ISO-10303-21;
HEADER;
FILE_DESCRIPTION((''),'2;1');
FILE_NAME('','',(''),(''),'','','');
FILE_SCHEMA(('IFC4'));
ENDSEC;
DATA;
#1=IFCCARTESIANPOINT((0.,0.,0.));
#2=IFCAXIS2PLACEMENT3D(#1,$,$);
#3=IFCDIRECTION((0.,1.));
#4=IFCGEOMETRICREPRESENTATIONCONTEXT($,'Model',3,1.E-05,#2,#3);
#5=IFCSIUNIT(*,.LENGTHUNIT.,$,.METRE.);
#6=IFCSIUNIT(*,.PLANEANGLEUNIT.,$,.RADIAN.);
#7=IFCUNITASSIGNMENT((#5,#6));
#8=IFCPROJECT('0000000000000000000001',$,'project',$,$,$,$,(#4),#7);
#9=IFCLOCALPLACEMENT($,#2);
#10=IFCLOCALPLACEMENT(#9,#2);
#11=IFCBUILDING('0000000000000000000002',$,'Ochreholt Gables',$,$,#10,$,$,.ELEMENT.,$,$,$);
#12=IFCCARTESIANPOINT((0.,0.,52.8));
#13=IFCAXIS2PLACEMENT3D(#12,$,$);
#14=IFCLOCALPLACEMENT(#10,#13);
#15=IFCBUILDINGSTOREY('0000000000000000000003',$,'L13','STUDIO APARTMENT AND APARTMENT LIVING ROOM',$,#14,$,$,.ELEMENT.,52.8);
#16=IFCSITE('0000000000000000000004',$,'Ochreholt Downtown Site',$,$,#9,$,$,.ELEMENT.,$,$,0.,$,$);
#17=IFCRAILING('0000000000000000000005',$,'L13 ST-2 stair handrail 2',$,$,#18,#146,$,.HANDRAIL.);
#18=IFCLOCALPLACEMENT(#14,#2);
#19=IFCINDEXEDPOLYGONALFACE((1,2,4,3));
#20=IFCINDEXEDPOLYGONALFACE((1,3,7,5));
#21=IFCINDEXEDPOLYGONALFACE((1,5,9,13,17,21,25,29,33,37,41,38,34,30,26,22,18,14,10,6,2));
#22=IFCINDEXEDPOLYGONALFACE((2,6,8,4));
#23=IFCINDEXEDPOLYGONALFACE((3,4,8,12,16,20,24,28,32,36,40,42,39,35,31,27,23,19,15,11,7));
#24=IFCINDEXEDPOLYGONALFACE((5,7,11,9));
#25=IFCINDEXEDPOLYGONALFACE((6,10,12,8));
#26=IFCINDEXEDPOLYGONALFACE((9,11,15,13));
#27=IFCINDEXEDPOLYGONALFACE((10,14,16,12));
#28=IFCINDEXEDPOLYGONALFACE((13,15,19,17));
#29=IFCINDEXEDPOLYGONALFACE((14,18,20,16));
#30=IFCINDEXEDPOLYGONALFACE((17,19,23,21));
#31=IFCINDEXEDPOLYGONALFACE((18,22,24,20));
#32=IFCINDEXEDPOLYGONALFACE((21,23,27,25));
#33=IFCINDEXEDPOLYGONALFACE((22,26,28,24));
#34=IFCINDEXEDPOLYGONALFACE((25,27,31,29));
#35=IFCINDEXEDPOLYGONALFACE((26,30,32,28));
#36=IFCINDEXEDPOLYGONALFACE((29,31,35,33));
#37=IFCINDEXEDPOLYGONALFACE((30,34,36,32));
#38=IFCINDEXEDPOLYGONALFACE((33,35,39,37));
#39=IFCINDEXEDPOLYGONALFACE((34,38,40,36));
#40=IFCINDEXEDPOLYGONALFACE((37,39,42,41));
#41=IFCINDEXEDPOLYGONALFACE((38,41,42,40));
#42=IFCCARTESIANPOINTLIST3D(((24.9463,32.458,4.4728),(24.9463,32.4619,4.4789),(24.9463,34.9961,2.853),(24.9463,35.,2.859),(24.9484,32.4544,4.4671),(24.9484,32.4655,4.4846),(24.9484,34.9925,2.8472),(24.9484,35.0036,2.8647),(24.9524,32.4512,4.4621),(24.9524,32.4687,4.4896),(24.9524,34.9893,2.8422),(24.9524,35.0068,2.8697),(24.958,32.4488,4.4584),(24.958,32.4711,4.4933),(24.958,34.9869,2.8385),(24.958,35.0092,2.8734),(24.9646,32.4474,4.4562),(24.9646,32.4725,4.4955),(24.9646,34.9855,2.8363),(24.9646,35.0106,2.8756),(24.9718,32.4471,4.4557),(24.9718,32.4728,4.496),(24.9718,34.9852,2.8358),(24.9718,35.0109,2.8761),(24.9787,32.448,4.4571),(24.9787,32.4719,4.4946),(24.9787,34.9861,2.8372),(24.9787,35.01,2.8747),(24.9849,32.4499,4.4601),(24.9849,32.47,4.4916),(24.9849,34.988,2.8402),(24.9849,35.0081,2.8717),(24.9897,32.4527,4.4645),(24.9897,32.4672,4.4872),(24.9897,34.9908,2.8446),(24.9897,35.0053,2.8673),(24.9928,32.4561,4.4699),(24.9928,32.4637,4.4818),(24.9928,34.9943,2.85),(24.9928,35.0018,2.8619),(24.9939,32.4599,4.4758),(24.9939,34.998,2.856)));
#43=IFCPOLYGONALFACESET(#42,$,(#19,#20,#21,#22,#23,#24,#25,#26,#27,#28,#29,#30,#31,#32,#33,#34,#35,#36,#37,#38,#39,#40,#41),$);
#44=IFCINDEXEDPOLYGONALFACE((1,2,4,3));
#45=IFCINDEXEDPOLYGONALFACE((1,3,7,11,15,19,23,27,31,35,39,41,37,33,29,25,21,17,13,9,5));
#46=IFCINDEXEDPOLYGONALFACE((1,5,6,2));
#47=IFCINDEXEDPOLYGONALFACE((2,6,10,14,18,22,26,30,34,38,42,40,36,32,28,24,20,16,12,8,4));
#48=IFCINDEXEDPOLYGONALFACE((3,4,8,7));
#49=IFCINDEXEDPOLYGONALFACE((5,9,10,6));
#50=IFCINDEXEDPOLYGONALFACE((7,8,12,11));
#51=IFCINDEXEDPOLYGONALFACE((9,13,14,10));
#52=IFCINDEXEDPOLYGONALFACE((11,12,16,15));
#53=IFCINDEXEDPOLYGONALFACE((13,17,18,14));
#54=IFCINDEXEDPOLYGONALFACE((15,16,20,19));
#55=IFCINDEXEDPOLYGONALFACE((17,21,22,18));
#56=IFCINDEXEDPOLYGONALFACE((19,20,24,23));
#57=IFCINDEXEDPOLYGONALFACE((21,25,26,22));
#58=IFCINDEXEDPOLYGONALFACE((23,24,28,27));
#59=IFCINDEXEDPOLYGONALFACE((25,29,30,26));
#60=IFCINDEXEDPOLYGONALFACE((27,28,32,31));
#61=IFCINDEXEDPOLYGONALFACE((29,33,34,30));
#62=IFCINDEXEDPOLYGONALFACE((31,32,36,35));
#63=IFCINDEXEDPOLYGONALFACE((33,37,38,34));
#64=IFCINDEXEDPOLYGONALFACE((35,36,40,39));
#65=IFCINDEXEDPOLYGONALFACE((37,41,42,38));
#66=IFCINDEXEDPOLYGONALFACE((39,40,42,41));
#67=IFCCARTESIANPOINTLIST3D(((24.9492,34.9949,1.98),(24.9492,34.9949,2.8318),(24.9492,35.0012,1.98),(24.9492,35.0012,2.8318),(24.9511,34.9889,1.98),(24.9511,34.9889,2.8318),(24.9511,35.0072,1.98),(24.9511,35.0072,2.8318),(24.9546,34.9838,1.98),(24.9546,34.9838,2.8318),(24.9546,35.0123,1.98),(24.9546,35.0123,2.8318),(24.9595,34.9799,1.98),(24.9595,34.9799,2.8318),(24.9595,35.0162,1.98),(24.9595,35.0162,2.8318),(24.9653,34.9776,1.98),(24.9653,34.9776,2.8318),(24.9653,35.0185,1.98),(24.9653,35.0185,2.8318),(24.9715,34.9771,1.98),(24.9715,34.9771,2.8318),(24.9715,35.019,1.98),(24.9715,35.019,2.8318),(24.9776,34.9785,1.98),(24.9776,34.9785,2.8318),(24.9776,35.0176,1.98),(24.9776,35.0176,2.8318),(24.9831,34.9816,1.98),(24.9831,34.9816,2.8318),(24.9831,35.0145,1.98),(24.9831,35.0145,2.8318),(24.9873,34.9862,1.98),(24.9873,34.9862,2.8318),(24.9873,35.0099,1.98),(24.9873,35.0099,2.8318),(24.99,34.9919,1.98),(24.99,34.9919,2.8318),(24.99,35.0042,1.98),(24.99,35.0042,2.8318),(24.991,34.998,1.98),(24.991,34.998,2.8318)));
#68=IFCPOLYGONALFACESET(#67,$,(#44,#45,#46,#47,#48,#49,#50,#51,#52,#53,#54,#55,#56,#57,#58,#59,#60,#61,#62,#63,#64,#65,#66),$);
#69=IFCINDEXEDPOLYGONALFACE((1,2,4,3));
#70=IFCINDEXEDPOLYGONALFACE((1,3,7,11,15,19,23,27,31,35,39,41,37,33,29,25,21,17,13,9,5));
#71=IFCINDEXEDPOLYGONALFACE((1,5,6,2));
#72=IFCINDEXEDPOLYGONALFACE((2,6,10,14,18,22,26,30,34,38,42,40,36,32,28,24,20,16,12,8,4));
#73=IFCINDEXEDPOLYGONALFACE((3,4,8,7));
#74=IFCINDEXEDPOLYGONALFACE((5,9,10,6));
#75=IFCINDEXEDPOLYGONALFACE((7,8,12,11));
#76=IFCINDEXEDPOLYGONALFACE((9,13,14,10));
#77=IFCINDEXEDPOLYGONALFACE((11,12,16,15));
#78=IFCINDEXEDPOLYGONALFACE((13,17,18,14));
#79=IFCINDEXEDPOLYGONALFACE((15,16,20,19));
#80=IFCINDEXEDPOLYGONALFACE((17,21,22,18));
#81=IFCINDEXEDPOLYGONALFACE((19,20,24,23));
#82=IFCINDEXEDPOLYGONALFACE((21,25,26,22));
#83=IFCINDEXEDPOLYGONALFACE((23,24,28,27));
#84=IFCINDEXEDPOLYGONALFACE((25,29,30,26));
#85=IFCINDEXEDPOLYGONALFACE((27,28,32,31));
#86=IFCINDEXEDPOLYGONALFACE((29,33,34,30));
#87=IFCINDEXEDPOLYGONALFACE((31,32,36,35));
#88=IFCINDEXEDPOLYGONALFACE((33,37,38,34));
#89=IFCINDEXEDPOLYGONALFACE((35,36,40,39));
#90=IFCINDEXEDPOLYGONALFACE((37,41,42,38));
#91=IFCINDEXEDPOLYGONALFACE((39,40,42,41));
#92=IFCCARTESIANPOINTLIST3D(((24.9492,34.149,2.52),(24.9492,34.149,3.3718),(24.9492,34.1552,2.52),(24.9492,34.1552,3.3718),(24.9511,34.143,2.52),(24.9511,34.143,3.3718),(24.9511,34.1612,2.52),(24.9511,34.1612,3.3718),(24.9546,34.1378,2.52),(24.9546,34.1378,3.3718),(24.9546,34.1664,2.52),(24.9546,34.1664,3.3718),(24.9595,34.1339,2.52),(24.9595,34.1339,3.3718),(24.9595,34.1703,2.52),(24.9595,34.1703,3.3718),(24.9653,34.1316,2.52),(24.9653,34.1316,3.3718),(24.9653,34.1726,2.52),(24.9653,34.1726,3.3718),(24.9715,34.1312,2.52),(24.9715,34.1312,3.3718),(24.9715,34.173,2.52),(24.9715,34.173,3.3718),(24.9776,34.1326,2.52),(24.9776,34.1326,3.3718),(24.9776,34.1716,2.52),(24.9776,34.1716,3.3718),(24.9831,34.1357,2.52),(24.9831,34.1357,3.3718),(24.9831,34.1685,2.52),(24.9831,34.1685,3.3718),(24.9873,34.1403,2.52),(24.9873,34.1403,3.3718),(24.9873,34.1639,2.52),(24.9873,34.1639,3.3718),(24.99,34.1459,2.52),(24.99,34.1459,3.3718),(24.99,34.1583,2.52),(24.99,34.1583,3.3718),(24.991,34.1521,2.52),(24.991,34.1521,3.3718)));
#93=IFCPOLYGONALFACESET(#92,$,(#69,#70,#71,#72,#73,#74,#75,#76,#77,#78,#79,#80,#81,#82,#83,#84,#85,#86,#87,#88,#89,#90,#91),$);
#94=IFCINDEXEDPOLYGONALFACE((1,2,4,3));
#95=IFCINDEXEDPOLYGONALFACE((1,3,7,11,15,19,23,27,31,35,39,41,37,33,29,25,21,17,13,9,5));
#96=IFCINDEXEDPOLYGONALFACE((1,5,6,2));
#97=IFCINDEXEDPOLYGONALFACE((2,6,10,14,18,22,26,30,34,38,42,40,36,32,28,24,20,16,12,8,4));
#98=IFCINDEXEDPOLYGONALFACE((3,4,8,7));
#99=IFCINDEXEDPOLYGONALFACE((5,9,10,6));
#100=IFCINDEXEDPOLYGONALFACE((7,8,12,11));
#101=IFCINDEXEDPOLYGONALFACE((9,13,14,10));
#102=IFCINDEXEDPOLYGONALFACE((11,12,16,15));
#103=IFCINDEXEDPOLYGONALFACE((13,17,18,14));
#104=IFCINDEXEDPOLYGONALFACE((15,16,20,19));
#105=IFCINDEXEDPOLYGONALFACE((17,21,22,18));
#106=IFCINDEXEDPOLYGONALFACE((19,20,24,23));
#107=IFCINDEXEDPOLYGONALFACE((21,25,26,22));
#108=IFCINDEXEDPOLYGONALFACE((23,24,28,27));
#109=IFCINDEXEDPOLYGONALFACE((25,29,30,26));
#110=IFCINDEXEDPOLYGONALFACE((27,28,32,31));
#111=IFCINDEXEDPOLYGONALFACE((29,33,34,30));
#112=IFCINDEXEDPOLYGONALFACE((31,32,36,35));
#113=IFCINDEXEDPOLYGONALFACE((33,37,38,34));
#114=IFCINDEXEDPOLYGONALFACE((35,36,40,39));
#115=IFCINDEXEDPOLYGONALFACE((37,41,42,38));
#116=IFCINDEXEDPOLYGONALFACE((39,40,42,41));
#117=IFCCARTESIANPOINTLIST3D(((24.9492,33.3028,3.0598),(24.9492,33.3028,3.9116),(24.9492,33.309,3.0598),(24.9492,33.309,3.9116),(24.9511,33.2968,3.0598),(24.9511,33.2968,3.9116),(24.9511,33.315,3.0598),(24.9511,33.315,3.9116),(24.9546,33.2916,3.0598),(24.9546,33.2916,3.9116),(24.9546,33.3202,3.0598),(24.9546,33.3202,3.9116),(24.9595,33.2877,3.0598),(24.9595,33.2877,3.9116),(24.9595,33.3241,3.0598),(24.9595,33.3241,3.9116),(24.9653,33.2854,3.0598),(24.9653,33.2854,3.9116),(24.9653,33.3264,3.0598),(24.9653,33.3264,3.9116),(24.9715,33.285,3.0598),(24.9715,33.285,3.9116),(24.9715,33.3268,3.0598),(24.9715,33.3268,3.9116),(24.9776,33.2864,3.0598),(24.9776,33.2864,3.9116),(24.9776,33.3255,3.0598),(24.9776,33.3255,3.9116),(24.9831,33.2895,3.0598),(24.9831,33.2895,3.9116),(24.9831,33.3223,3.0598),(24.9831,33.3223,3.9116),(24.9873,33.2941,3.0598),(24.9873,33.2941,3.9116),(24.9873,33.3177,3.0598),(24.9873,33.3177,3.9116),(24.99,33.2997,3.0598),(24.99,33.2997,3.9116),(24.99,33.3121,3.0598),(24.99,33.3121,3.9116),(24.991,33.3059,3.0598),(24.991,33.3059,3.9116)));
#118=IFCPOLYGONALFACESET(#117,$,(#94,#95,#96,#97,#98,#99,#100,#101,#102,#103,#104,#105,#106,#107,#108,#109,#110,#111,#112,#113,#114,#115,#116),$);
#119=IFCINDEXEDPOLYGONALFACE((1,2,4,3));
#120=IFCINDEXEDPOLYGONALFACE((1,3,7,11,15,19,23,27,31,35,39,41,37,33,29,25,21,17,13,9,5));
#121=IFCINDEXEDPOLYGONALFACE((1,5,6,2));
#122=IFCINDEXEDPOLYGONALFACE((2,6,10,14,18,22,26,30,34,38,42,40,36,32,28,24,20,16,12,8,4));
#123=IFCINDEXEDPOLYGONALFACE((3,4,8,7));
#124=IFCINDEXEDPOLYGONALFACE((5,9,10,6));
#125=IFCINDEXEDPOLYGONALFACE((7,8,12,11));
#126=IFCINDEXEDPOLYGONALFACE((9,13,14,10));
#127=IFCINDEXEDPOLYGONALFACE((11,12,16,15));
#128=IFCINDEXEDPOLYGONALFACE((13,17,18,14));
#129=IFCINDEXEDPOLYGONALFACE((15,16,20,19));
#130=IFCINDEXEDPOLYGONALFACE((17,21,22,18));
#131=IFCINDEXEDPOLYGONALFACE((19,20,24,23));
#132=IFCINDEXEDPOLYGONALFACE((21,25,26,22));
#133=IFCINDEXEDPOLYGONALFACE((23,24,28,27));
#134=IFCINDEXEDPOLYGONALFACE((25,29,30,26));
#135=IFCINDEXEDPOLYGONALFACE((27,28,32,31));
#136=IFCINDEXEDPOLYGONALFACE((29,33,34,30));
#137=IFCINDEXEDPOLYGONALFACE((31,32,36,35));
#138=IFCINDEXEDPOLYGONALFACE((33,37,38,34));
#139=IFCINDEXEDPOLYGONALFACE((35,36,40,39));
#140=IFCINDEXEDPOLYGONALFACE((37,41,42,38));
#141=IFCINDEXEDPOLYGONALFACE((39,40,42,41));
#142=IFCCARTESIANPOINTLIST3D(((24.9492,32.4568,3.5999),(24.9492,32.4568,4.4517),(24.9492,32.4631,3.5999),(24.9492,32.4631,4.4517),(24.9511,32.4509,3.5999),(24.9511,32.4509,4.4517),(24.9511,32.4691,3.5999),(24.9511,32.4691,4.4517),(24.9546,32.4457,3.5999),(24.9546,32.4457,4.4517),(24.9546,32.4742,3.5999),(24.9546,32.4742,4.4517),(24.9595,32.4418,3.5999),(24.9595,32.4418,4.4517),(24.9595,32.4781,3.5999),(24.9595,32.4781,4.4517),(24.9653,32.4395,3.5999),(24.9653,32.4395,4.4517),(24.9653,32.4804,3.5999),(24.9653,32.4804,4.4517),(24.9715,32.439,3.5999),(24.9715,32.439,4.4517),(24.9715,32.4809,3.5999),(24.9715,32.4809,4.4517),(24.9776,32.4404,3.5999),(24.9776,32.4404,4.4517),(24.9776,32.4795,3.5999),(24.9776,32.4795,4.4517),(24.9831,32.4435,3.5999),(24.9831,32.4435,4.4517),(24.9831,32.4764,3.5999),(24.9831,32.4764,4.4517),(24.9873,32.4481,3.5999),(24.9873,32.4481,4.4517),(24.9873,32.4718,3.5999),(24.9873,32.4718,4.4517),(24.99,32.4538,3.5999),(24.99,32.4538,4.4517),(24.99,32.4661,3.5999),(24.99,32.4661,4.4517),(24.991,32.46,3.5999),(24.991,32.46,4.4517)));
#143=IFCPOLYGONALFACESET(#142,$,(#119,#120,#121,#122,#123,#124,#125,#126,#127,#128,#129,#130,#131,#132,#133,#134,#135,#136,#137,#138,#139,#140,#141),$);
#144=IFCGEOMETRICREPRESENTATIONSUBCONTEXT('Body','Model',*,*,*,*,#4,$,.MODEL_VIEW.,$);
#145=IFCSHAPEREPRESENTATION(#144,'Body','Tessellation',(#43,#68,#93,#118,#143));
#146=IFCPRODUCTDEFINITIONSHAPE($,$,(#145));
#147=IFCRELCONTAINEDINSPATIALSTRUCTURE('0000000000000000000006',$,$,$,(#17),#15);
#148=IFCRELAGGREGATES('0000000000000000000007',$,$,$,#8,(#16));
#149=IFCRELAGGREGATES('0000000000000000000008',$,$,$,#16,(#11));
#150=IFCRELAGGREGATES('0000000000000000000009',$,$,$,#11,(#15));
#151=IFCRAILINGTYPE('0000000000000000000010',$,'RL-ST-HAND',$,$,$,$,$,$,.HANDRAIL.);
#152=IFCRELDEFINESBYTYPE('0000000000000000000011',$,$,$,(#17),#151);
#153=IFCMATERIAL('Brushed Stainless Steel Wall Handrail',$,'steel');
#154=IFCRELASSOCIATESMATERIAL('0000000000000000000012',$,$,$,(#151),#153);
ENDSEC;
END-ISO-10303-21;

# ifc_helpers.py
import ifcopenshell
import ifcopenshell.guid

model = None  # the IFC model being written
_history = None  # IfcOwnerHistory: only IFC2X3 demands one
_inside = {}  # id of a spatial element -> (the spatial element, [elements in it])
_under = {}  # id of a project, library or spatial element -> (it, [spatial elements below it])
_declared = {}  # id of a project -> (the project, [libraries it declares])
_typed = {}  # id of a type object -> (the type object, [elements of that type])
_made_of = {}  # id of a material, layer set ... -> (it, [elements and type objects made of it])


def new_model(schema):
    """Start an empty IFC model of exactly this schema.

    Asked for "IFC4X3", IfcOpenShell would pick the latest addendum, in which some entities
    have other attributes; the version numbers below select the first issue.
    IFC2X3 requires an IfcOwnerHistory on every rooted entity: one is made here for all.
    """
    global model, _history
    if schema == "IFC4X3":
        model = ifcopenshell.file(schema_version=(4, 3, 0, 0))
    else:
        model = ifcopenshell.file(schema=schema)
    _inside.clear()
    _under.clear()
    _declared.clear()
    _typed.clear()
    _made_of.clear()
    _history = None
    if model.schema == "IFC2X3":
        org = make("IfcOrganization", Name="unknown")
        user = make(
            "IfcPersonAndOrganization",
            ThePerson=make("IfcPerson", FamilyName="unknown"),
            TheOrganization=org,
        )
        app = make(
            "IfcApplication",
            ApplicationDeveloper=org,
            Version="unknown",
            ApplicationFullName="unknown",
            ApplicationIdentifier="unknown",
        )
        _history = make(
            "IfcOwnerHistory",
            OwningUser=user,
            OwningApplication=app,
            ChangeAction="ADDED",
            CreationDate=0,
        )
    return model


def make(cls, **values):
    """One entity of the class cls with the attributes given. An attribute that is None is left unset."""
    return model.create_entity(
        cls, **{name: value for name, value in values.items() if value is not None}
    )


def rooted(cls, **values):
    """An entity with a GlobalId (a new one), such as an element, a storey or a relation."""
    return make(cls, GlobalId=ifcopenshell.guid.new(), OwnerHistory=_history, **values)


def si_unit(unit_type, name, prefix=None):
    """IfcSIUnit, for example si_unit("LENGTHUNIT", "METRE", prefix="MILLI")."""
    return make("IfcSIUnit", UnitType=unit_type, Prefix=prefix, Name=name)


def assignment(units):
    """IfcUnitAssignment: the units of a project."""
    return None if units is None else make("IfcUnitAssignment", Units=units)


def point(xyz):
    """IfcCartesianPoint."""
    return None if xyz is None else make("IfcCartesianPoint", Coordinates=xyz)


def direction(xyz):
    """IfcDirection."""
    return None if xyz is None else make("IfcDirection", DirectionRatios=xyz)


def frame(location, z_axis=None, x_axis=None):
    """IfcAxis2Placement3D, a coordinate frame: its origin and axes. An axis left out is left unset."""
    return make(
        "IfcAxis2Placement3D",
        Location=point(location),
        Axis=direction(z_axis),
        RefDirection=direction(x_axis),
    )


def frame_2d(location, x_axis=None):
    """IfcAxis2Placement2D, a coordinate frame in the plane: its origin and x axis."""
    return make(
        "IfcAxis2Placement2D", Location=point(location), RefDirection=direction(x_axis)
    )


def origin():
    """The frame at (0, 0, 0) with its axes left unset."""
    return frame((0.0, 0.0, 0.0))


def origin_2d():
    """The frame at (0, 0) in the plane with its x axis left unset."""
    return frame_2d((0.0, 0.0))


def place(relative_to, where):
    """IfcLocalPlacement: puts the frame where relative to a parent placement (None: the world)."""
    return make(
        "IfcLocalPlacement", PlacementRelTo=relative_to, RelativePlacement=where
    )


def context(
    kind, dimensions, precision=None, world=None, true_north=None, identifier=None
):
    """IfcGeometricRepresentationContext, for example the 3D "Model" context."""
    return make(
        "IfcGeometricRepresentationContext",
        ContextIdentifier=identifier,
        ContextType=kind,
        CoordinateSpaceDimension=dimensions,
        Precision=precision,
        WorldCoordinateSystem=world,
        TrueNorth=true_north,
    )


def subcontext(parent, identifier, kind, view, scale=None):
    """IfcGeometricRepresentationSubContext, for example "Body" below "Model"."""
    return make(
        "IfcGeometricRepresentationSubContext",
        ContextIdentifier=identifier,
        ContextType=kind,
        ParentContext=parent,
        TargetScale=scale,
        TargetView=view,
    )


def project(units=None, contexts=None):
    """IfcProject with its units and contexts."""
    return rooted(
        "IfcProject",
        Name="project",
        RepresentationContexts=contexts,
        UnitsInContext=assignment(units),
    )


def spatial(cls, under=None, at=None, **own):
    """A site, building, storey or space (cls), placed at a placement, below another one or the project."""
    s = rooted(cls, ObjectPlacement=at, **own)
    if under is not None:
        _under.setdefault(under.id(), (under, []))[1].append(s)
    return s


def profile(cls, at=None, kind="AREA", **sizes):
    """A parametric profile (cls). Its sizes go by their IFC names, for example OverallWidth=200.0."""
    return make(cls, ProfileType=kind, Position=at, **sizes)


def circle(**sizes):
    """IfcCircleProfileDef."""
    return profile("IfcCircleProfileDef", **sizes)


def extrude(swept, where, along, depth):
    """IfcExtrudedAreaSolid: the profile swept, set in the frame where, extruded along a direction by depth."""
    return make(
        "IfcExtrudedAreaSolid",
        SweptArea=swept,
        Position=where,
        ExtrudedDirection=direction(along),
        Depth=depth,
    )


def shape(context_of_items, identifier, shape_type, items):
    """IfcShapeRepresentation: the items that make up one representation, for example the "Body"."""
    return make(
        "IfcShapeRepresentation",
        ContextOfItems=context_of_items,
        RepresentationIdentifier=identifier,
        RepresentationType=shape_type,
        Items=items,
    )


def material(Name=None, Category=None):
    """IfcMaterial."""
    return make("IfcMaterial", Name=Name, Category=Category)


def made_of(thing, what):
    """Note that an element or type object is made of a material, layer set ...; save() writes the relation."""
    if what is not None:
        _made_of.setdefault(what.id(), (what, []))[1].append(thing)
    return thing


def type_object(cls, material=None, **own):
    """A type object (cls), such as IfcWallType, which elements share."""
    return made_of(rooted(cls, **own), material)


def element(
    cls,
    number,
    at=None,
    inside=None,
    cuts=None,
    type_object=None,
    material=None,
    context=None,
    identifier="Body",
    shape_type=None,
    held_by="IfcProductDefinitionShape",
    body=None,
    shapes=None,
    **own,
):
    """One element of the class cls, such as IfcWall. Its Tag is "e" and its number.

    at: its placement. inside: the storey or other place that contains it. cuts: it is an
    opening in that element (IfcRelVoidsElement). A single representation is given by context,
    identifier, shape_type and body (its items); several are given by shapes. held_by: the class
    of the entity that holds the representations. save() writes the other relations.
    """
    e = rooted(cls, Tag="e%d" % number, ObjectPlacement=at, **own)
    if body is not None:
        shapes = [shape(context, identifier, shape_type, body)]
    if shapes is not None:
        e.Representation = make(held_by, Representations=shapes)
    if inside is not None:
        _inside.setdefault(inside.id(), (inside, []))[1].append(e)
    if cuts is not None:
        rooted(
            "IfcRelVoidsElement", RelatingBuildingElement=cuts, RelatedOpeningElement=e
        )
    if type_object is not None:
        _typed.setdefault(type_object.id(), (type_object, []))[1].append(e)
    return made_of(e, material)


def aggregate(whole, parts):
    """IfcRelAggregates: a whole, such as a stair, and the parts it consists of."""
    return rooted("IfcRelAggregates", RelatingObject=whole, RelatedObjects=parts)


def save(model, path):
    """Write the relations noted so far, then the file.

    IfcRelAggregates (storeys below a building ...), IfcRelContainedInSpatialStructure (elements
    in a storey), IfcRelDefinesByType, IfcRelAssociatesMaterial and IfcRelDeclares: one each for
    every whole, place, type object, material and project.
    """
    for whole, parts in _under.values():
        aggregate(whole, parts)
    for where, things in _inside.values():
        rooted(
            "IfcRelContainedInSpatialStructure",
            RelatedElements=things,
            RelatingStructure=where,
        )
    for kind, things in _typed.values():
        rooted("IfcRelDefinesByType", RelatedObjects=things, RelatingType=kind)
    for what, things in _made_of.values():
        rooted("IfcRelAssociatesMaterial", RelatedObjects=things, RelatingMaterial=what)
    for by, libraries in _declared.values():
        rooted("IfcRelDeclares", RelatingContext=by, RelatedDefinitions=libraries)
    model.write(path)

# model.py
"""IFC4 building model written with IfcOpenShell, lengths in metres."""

from ifc_helpers import new_model, si_unit, direction, frame, origin, origin_2d, place, context, subcontext, project, spatial, circle, extrude, material, type_object, element, save


model = new_model("IFC4")

# Units and contexts
model_context = context("Model", 3, precision=1e-05, world=origin(), true_north=direction((0.0, 1.0)))
body_context = subcontext(model_context, "Body", "Model", "MODEL_VIEW")
ifc_project = project(units=[si_unit("LENGTHUNIT", "METRE"), si_unit("PLANEANGLEUNIT", "RADIAN")], contexts=[model_context])

# Site, building, storey
site_placement = place(None, origin())
site = spatial("IfcSite", under=ifc_project, at=site_placement, Name="Ochreholt Downtown Site", CompositionType="ELEMENT", RefElevation=0.0)
building_placement = place(site_placement, origin())
building = spatial("IfcBuilding", under=site, at=building_placement, Name="Ochreholt Gables", CompositionType="ELEMENT")
storey_placement = place(building_placement, frame((0.0, 0.0, 52.8)))
storey = spatial("IfcBuildingStorey", under=building, at=storey_placement, Name="L13", Description="STUDIO APARTMENT AND APARTMENT LIVING ROOM", CompositionType="ELEMENT", Elevation=52.8)

# Railing
ifc_material_1 = material(Name="Brushed Stainless Steel Wall Handrail", Category="steel")
railing_type_1 = type_object("IfcRailingType", Name="RL-ST-HAND", PredefinedType="HANDRAIL", material=ifc_material_1)
railing_1_placement = place(storey_placement, frame((24.97, 34.998, 1.98)))
element("IfcRailing", 1, at=railing_1_placement, inside=storey, type_object=railing_type_1, Name="L13 ST-2 stair handrail 2", PredefinedType="HANDRAIL", context=body_context, shape_type="SweptSolid", body=[
    extrude(circle(Radius=0.0239, at=origin_2d()), frame((0.0, 0.0, 0.876), z_axis=(0.0, -0.84295, 0.537993), x_axis=(1.0, 0.0, 0.0)), (0.0, 0.0, 1.0), 3.011),
    extrude(circle(Radius=0.021, at=origin_2d()), origin(), (0.0, 0.0, 1.0), 0.8518),
    extrude(circle(Radius=0.021, at=origin_2d()), frame((0.0, -0.8459, 0.54)), (0.0, 0.0, 1.0), 0.8518),
    extrude(circle(Radius=0.021, at=origin_2d()), frame((0.0, -1.6921, 1.0798)), (0.0, 0.0, 1.0), 0.8518),
    extrude(circle(Radius=0.021, at=origin_2d()), frame((0.0, -2.5381, 1.6199)), (0.0, 0.0, 1.0), 0.8518),
])

save(model, "model.ifc")
